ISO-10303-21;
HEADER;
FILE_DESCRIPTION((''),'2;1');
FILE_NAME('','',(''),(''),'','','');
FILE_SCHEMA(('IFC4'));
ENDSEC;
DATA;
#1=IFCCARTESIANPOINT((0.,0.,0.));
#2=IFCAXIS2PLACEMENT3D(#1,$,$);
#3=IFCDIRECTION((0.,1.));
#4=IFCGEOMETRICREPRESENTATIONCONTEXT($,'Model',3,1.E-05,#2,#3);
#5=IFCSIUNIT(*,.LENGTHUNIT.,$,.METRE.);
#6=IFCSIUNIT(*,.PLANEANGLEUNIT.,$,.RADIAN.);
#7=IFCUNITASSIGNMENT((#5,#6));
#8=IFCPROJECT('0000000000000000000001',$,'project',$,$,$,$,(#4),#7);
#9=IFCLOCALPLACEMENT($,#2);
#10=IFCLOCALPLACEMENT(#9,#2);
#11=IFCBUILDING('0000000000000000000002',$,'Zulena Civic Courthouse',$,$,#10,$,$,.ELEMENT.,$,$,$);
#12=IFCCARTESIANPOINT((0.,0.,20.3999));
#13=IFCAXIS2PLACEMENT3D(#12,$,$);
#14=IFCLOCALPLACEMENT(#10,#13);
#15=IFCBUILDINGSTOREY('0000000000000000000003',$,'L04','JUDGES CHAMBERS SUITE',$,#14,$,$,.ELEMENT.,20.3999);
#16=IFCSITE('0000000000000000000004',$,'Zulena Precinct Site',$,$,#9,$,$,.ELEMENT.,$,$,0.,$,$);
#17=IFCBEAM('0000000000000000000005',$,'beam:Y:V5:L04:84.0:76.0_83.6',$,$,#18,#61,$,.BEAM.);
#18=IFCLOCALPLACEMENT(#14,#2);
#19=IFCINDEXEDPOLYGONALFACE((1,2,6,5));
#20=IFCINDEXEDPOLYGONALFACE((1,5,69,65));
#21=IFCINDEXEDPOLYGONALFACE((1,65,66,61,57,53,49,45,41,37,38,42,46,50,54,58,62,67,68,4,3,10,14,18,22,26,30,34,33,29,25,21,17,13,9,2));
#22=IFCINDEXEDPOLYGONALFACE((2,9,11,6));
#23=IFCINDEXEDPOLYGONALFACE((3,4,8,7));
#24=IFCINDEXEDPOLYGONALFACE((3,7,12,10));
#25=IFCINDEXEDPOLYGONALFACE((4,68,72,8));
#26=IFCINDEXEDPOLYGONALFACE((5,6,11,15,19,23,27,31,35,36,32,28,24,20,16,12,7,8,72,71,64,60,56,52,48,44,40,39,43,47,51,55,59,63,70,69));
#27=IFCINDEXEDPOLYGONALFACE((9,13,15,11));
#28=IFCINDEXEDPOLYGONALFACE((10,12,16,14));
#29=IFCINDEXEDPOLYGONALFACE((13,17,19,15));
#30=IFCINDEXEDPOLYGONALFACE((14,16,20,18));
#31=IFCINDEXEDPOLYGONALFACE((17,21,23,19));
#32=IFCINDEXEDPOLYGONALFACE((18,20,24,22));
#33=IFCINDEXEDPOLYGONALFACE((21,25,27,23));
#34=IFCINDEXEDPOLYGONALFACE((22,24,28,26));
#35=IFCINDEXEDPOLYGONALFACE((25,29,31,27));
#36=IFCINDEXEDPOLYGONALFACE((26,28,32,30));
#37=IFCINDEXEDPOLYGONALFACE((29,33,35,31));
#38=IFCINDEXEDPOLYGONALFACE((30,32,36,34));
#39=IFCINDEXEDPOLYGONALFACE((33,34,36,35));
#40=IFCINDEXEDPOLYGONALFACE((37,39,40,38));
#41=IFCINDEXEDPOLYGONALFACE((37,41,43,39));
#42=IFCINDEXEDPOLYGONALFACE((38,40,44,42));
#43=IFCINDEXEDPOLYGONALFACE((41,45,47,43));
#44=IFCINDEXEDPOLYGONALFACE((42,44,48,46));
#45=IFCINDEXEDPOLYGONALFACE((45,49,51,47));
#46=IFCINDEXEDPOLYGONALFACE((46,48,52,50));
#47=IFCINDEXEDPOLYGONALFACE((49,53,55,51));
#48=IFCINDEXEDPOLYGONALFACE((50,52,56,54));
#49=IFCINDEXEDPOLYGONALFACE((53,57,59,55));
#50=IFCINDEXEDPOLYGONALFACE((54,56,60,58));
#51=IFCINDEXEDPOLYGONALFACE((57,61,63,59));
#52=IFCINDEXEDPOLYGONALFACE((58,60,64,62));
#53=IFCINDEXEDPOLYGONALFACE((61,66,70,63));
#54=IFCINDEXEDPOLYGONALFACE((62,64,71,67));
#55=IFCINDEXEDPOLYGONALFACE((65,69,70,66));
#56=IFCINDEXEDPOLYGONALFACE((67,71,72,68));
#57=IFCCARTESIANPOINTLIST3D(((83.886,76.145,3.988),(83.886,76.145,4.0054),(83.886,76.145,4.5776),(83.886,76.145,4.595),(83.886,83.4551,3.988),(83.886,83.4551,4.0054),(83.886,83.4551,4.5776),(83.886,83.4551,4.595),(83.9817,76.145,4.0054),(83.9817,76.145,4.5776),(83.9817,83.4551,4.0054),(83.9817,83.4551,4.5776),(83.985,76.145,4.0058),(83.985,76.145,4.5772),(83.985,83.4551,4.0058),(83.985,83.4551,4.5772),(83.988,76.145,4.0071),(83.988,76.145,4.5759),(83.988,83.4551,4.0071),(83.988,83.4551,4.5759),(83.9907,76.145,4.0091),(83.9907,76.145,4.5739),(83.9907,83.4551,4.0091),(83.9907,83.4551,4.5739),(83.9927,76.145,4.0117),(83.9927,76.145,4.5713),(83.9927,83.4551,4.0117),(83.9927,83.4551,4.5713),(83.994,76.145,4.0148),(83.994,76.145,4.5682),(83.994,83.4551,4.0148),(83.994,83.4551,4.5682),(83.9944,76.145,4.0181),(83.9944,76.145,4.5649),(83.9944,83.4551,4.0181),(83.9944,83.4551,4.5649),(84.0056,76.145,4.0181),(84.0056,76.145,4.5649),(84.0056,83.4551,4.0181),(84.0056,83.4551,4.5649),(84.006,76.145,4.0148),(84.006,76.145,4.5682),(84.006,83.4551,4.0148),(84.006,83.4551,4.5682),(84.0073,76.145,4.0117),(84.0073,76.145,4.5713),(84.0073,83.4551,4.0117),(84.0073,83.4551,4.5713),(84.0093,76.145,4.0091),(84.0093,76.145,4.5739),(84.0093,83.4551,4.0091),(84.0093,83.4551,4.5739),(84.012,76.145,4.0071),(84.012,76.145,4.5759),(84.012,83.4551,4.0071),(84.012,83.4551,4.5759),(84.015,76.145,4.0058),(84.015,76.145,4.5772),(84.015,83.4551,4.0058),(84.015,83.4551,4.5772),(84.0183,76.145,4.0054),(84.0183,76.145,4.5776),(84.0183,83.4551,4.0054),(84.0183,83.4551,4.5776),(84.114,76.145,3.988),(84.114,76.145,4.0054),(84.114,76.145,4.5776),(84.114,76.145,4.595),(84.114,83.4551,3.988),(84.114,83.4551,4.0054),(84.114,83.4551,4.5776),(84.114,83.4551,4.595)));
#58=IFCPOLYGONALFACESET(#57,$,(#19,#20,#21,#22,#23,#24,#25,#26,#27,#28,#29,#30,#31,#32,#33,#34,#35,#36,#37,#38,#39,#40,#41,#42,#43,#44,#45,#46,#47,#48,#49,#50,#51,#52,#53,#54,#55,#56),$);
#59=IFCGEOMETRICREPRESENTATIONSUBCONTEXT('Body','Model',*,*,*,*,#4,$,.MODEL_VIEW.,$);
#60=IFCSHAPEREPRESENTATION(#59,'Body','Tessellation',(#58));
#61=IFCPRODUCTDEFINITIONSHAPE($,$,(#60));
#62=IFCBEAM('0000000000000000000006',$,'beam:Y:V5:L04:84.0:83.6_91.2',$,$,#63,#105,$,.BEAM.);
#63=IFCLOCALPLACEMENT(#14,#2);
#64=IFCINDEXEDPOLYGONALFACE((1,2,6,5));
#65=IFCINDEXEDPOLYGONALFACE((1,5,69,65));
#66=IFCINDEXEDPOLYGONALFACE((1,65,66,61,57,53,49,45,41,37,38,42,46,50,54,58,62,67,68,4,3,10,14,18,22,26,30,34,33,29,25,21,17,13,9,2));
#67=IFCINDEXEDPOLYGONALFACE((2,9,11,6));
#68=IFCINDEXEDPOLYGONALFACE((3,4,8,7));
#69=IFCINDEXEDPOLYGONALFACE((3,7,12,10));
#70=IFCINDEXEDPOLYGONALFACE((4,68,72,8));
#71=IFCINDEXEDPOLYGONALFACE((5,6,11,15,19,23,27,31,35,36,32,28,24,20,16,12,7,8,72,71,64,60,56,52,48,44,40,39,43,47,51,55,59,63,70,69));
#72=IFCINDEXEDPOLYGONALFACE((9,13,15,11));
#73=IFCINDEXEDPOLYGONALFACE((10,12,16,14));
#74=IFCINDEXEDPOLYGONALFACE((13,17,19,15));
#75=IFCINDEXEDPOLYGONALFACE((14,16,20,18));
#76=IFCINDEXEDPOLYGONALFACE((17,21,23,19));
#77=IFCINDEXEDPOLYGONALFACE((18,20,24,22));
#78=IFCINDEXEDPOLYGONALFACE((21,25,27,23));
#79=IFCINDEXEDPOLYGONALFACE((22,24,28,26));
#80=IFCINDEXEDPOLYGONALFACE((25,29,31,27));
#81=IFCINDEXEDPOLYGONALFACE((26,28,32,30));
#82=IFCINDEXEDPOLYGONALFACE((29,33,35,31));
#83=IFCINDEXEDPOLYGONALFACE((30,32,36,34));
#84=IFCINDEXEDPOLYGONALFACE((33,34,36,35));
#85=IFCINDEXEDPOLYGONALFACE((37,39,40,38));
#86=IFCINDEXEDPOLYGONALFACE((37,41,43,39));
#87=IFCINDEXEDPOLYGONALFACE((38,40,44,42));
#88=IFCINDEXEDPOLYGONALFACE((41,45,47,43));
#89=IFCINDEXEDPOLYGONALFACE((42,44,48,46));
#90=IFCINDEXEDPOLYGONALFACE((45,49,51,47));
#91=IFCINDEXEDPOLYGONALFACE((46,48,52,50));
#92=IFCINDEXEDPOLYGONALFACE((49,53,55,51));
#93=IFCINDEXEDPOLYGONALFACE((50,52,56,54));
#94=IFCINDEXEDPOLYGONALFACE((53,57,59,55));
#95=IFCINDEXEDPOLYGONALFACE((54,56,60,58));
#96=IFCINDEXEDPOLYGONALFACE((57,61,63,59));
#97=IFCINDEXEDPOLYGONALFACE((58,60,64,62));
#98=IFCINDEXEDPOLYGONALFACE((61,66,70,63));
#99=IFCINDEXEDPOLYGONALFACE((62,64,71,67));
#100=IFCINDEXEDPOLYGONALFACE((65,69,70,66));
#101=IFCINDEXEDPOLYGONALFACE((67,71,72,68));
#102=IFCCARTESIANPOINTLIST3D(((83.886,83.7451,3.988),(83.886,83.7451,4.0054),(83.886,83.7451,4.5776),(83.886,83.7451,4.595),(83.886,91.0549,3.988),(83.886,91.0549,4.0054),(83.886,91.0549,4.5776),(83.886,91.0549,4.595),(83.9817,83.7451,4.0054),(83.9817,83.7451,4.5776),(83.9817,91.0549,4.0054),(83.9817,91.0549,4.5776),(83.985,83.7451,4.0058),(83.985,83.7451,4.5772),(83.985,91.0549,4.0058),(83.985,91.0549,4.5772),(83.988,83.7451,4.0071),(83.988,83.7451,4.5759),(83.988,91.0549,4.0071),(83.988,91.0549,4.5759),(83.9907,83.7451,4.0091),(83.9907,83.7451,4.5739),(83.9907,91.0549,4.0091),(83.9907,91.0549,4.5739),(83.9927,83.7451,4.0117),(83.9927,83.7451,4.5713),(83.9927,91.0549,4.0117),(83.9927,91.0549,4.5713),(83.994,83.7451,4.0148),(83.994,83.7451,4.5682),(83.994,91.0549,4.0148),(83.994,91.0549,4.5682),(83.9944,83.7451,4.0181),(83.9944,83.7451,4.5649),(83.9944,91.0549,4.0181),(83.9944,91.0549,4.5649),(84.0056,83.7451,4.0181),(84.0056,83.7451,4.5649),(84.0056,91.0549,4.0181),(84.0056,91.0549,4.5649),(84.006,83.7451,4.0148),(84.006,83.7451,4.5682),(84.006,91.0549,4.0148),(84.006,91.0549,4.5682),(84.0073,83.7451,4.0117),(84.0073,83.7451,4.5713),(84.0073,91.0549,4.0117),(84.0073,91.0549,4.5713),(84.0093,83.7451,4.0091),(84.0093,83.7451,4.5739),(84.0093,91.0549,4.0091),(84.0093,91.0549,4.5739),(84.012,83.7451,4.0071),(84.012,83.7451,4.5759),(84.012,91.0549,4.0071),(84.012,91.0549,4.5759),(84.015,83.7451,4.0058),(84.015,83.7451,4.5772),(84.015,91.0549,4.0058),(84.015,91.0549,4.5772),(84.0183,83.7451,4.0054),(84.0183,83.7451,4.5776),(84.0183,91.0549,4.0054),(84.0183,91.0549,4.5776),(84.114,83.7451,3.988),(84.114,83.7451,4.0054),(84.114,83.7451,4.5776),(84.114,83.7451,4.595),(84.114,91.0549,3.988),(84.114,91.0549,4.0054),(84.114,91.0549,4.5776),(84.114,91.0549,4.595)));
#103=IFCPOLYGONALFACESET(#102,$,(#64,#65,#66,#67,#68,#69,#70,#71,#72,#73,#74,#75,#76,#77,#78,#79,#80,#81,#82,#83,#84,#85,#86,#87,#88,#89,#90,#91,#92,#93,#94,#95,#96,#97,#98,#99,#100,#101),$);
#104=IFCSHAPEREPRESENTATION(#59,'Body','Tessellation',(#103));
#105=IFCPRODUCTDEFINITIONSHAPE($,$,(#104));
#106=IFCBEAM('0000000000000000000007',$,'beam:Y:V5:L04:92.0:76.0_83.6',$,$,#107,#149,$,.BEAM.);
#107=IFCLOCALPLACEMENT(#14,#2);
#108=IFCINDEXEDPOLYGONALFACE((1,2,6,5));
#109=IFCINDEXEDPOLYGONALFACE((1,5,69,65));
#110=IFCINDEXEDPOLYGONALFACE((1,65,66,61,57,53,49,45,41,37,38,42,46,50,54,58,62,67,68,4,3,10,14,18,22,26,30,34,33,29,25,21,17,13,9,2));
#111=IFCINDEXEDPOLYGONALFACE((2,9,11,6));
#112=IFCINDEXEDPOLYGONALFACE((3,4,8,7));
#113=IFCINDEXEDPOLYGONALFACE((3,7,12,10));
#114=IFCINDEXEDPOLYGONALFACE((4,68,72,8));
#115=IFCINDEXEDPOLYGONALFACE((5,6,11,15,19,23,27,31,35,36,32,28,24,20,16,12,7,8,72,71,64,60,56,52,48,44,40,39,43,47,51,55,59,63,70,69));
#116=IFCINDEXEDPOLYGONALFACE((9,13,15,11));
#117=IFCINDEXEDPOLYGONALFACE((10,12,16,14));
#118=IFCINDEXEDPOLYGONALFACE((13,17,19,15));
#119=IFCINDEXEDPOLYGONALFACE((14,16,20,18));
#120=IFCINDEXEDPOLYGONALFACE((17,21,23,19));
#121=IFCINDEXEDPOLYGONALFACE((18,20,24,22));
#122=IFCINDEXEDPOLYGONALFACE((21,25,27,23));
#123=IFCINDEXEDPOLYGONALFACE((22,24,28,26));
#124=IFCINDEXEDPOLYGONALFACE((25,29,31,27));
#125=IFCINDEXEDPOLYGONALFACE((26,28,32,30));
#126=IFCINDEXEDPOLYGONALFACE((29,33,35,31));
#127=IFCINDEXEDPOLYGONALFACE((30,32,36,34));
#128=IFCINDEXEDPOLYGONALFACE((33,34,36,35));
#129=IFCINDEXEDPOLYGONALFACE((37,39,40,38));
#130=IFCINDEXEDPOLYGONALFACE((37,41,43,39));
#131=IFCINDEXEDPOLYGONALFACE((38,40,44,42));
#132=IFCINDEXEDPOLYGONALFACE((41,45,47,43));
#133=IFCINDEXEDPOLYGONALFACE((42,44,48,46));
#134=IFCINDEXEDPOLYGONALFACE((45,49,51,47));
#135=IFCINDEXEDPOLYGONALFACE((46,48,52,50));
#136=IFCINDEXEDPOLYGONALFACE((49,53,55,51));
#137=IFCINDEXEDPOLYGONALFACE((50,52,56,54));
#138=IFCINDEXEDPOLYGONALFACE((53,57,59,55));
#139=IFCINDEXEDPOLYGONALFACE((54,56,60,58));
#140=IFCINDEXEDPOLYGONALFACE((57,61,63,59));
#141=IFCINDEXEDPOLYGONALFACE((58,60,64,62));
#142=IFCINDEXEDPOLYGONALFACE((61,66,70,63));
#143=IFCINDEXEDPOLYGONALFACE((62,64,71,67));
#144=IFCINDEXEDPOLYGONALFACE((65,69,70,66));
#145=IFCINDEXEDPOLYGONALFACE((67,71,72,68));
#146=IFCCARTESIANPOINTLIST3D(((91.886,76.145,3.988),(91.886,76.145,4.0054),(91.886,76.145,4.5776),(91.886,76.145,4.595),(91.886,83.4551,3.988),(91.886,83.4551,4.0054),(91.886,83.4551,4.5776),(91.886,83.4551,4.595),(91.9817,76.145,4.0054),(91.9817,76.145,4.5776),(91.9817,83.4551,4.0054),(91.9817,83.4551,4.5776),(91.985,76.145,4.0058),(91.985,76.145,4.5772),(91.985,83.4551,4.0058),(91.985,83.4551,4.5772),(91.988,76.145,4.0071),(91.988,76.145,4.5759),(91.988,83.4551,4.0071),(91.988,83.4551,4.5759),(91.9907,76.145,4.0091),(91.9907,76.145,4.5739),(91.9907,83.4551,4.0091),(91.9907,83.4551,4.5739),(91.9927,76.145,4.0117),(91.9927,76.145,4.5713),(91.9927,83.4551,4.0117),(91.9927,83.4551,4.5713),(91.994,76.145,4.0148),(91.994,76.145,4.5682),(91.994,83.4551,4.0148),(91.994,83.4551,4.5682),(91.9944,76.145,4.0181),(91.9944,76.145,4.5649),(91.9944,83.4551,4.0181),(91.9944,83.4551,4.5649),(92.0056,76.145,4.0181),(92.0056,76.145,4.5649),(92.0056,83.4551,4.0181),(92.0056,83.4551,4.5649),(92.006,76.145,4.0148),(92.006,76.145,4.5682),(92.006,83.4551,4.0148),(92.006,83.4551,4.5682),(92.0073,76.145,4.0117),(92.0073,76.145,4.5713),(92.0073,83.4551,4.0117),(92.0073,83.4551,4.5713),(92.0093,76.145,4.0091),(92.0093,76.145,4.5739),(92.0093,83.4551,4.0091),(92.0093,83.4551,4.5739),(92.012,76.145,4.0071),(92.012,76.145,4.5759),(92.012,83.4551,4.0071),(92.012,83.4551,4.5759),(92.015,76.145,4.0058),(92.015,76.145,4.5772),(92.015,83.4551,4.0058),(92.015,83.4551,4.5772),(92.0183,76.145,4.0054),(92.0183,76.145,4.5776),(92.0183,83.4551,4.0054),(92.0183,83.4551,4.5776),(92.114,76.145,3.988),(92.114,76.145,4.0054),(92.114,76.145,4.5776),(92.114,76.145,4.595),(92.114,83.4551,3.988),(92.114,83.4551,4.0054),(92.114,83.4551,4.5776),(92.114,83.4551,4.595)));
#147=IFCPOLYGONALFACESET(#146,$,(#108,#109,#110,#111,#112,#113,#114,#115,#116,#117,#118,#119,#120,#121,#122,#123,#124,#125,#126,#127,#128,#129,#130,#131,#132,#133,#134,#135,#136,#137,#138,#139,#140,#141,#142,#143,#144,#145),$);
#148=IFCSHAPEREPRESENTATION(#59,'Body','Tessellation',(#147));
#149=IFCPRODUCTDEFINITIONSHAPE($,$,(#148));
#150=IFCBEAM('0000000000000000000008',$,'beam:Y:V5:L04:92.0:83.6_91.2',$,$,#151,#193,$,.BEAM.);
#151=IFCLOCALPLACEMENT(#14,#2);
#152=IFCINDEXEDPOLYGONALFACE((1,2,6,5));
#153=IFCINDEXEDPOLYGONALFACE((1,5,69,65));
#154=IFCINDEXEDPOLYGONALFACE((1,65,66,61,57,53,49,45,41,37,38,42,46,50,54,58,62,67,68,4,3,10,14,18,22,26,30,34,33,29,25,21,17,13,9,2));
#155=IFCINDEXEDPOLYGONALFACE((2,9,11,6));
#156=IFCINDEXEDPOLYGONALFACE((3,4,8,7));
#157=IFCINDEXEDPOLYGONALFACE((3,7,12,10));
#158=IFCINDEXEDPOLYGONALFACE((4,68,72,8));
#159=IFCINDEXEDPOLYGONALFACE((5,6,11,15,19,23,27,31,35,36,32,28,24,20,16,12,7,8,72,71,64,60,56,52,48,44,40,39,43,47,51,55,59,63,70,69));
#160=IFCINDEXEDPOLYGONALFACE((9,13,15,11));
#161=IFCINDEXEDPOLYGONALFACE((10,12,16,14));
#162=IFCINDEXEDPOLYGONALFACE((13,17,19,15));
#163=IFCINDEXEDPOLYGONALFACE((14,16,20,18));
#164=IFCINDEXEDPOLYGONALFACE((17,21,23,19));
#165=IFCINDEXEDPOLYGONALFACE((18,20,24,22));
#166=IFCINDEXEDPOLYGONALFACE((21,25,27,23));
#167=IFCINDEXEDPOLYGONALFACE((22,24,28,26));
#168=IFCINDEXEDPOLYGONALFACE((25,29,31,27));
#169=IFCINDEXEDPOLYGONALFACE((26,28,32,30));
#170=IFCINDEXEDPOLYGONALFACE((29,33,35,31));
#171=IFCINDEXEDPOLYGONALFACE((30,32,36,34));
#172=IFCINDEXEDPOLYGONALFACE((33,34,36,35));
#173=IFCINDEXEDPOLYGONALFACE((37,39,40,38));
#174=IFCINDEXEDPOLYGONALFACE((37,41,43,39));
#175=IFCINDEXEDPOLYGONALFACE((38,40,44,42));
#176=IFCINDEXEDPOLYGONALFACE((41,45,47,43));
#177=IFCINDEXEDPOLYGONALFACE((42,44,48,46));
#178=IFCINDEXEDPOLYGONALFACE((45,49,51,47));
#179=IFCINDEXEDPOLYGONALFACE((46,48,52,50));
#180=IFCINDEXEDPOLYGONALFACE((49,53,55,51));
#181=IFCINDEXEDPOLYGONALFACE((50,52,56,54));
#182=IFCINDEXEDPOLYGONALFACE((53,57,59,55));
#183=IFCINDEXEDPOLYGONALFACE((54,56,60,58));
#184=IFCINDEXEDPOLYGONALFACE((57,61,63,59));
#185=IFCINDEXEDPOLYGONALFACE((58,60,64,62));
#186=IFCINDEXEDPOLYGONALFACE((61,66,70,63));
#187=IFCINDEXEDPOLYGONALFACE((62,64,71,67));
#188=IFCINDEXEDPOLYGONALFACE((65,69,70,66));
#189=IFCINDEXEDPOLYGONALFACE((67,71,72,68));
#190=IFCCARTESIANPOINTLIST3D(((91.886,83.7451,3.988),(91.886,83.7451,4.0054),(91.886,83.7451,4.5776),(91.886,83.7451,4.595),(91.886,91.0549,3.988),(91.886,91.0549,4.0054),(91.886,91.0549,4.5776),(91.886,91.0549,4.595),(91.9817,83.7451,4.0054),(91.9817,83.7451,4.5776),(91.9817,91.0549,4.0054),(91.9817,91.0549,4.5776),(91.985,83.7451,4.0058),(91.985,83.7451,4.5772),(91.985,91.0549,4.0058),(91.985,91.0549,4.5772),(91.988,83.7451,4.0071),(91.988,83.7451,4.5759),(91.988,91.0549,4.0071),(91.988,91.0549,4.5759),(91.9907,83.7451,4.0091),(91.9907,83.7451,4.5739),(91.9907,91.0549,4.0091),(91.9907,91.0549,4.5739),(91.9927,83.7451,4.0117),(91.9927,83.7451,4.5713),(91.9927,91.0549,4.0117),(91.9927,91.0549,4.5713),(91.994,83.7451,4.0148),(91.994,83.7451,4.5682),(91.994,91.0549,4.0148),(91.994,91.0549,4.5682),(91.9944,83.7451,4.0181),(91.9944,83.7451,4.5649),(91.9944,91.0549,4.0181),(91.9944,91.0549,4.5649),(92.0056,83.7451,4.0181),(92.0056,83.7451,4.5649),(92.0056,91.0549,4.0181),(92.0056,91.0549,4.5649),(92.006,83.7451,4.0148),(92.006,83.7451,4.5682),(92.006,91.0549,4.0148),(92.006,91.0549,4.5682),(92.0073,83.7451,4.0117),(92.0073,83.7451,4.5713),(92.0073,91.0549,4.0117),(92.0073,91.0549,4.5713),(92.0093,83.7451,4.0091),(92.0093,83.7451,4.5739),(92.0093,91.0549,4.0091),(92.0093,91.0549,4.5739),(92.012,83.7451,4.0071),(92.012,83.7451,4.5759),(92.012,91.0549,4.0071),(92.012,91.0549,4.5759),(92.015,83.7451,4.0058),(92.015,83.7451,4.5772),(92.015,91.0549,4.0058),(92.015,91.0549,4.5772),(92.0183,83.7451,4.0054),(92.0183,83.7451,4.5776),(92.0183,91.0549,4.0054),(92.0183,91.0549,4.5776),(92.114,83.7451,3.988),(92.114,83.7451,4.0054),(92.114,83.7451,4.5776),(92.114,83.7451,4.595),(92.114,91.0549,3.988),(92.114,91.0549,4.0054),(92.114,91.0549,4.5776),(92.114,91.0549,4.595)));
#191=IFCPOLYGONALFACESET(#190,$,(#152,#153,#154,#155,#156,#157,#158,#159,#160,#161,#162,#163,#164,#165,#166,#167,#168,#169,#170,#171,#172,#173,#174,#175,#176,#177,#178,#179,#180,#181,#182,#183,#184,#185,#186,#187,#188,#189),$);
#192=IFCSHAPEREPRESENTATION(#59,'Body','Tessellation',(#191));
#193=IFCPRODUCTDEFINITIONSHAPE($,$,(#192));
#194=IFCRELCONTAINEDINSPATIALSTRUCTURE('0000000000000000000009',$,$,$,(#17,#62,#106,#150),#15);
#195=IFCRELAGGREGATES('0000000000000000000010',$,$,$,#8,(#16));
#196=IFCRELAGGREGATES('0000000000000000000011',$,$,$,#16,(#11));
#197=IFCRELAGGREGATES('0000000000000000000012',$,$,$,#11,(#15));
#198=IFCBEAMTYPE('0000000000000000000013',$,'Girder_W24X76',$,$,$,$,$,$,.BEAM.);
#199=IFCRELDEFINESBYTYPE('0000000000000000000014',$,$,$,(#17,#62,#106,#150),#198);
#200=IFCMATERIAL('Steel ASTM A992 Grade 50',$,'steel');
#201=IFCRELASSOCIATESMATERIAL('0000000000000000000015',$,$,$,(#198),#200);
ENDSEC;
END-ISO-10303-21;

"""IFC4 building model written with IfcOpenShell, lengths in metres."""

from ifc_helpers import new_model, si_unit, direction, frame, origin, origin_2d, place, context, subcontext, project, spatial, i_section, extrude, material, material_profile, profile_set, type_object, element, save


model = new_model("IFC4")

# Units and contexts
model_context = context("Model", 3, precision=1e-05, world=origin(), true_north=direction((0.0, 1.0)))
body_context = subcontext(model_context, "Body", "Model", "MODEL_VIEW")
ifc_project = project(units=[si_unit("LENGTHUNIT", "METRE"), si_unit("PLANEANGLEUNIT", "RADIAN")], contexts=[model_context])

# Site, building, storey
site_placement = place(None, origin())
site = spatial("IfcSite", under=ifc_project, at=site_placement, Name="Zulena Precinct Site", CompositionType="ELEMENT", RefElevation=0.0)
building_placement = place(site_placement, origin())
building = spatial("IfcBuilding", under=site, at=building_placement, Name="Zulena Civic Courthouse", CompositionType="ELEMENT")
storey_placement = place(building_placement, frame((0.0, 0.0, 20.3999)))
storey = spatial("IfcBuildingStorey", under=building, at=storey_placement, Name="L04", Description="JUDGES CHAMBERS SUITE", CompositionType="ELEMENT", Elevation=20.3999)

# Shared definitions
ifc_material_1 = material(Name="Steel ASTM A992 Grade 50", Category="steel")

# Beams
ifc_material_profile_1 = material_profile(ifc_material_1, i_section(OverallWidth=0.228, OverallDepth=0.6069, WebThickness=0.0112, FlangeThickness=0.0173, FilletRadius=0.0127, at=origin_2d()), Name="W24X76")
ifc_profile_set_1 = profile_set([ifc_material_profile_1], Name="Steel ASTM A992 Grade 50")
beam_type_1 = type_object("IfcBeamType", Name="Girder_W24X76", PredefinedType="BEAM", material=ifc_profile_set_1)
beam_1_placement = place(storey_placement, frame((84.0, 76.145, 4.2915), z_axis=(0.0, 1.0, 0.0), x_axis=(-1.0, 0.0, 0.0)))
element("IfcBeam", 1, at=beam_1_placement, inside=storey, type_object=beam_type_1, Name="beam:Y:V5:L04:84.0:76.0_83.6", PredefinedType="BEAM", context=body_context, shape_type="SweptSolid", body=[
    extrude(i_section(OverallWidth=0.228, OverallDepth=0.6069, WebThickness=0.0112, FlangeThickness=0.0173, FilletRadius=0.0127, at=origin_2d()), origin(), (0.0, 0.0, 1.0), 7.3101),
])
beam_2_placement = place(storey_placement, frame((84.0, 83.7451, 4.2915), z_axis=(0.0, 1.0, 0.0), x_axis=(-1.0, 0.0, 0.0)))
element("IfcBeam", 2, at=beam_2_placement, inside=storey, type_object=beam_type_1, Name="beam:Y:V5:L04:84.0:83.6_91.2", PredefinedType="BEAM", context=body_context, shape_type="SweptSolid", body=[
    extrude(i_section(OverallWidth=0.228, OverallDepth=0.6069, WebThickness=0.0112, FlangeThickness=0.0173, FilletRadius=0.0127, at=origin_2d()), origin(), (0.0, 0.0, 1.0), 7.3098),
])
beam_3_placement = place(storey_placement, frame((92.0, 76.145, 4.2915), z_axis=(0.0, 1.0, 0.0), x_axis=(-1.0, 0.0, 0.0)))
element("IfcBeam", 3, at=beam_3_placement, inside=storey, type_object=beam_type_1, Name="beam:Y:V5:L04:92.0:76.0_83.6", PredefinedType="BEAM", context=body_context, shape_type="SweptSolid", body=[
    extrude(i_section(OverallWidth=0.228, OverallDepth=0.6069, WebThickness=0.0112, FlangeThickness=0.0173, FilletRadius=0.0127, at=origin_2d()), origin(), (0.0, 0.0, 1.0), 7.3101),
])
beam_4_placement = place(storey_placement, frame((92.0, 83.7451, 4.2915), z_axis=(0.0, 1.0, 0.0), x_axis=(-1.0, 0.0, 0.0)))
element("IfcBeam", 4, at=beam_4_placement, inside=storey, type_object=beam_type_1, Name="beam:Y:V5:L04:92.0:83.6_91.2", PredefinedType="BEAM", context=body_context, shape_type="SweptSolid", body=[
    extrude(i_section(OverallWidth=0.228, OverallDepth=0.6069, WebThickness=0.0112, FlangeThickness=0.0173, FilletRadius=0.0127, at=origin_2d()), origin(), (0.0, 0.0, 1.0), 7.3098),
])

save(model, "model.ifc")
